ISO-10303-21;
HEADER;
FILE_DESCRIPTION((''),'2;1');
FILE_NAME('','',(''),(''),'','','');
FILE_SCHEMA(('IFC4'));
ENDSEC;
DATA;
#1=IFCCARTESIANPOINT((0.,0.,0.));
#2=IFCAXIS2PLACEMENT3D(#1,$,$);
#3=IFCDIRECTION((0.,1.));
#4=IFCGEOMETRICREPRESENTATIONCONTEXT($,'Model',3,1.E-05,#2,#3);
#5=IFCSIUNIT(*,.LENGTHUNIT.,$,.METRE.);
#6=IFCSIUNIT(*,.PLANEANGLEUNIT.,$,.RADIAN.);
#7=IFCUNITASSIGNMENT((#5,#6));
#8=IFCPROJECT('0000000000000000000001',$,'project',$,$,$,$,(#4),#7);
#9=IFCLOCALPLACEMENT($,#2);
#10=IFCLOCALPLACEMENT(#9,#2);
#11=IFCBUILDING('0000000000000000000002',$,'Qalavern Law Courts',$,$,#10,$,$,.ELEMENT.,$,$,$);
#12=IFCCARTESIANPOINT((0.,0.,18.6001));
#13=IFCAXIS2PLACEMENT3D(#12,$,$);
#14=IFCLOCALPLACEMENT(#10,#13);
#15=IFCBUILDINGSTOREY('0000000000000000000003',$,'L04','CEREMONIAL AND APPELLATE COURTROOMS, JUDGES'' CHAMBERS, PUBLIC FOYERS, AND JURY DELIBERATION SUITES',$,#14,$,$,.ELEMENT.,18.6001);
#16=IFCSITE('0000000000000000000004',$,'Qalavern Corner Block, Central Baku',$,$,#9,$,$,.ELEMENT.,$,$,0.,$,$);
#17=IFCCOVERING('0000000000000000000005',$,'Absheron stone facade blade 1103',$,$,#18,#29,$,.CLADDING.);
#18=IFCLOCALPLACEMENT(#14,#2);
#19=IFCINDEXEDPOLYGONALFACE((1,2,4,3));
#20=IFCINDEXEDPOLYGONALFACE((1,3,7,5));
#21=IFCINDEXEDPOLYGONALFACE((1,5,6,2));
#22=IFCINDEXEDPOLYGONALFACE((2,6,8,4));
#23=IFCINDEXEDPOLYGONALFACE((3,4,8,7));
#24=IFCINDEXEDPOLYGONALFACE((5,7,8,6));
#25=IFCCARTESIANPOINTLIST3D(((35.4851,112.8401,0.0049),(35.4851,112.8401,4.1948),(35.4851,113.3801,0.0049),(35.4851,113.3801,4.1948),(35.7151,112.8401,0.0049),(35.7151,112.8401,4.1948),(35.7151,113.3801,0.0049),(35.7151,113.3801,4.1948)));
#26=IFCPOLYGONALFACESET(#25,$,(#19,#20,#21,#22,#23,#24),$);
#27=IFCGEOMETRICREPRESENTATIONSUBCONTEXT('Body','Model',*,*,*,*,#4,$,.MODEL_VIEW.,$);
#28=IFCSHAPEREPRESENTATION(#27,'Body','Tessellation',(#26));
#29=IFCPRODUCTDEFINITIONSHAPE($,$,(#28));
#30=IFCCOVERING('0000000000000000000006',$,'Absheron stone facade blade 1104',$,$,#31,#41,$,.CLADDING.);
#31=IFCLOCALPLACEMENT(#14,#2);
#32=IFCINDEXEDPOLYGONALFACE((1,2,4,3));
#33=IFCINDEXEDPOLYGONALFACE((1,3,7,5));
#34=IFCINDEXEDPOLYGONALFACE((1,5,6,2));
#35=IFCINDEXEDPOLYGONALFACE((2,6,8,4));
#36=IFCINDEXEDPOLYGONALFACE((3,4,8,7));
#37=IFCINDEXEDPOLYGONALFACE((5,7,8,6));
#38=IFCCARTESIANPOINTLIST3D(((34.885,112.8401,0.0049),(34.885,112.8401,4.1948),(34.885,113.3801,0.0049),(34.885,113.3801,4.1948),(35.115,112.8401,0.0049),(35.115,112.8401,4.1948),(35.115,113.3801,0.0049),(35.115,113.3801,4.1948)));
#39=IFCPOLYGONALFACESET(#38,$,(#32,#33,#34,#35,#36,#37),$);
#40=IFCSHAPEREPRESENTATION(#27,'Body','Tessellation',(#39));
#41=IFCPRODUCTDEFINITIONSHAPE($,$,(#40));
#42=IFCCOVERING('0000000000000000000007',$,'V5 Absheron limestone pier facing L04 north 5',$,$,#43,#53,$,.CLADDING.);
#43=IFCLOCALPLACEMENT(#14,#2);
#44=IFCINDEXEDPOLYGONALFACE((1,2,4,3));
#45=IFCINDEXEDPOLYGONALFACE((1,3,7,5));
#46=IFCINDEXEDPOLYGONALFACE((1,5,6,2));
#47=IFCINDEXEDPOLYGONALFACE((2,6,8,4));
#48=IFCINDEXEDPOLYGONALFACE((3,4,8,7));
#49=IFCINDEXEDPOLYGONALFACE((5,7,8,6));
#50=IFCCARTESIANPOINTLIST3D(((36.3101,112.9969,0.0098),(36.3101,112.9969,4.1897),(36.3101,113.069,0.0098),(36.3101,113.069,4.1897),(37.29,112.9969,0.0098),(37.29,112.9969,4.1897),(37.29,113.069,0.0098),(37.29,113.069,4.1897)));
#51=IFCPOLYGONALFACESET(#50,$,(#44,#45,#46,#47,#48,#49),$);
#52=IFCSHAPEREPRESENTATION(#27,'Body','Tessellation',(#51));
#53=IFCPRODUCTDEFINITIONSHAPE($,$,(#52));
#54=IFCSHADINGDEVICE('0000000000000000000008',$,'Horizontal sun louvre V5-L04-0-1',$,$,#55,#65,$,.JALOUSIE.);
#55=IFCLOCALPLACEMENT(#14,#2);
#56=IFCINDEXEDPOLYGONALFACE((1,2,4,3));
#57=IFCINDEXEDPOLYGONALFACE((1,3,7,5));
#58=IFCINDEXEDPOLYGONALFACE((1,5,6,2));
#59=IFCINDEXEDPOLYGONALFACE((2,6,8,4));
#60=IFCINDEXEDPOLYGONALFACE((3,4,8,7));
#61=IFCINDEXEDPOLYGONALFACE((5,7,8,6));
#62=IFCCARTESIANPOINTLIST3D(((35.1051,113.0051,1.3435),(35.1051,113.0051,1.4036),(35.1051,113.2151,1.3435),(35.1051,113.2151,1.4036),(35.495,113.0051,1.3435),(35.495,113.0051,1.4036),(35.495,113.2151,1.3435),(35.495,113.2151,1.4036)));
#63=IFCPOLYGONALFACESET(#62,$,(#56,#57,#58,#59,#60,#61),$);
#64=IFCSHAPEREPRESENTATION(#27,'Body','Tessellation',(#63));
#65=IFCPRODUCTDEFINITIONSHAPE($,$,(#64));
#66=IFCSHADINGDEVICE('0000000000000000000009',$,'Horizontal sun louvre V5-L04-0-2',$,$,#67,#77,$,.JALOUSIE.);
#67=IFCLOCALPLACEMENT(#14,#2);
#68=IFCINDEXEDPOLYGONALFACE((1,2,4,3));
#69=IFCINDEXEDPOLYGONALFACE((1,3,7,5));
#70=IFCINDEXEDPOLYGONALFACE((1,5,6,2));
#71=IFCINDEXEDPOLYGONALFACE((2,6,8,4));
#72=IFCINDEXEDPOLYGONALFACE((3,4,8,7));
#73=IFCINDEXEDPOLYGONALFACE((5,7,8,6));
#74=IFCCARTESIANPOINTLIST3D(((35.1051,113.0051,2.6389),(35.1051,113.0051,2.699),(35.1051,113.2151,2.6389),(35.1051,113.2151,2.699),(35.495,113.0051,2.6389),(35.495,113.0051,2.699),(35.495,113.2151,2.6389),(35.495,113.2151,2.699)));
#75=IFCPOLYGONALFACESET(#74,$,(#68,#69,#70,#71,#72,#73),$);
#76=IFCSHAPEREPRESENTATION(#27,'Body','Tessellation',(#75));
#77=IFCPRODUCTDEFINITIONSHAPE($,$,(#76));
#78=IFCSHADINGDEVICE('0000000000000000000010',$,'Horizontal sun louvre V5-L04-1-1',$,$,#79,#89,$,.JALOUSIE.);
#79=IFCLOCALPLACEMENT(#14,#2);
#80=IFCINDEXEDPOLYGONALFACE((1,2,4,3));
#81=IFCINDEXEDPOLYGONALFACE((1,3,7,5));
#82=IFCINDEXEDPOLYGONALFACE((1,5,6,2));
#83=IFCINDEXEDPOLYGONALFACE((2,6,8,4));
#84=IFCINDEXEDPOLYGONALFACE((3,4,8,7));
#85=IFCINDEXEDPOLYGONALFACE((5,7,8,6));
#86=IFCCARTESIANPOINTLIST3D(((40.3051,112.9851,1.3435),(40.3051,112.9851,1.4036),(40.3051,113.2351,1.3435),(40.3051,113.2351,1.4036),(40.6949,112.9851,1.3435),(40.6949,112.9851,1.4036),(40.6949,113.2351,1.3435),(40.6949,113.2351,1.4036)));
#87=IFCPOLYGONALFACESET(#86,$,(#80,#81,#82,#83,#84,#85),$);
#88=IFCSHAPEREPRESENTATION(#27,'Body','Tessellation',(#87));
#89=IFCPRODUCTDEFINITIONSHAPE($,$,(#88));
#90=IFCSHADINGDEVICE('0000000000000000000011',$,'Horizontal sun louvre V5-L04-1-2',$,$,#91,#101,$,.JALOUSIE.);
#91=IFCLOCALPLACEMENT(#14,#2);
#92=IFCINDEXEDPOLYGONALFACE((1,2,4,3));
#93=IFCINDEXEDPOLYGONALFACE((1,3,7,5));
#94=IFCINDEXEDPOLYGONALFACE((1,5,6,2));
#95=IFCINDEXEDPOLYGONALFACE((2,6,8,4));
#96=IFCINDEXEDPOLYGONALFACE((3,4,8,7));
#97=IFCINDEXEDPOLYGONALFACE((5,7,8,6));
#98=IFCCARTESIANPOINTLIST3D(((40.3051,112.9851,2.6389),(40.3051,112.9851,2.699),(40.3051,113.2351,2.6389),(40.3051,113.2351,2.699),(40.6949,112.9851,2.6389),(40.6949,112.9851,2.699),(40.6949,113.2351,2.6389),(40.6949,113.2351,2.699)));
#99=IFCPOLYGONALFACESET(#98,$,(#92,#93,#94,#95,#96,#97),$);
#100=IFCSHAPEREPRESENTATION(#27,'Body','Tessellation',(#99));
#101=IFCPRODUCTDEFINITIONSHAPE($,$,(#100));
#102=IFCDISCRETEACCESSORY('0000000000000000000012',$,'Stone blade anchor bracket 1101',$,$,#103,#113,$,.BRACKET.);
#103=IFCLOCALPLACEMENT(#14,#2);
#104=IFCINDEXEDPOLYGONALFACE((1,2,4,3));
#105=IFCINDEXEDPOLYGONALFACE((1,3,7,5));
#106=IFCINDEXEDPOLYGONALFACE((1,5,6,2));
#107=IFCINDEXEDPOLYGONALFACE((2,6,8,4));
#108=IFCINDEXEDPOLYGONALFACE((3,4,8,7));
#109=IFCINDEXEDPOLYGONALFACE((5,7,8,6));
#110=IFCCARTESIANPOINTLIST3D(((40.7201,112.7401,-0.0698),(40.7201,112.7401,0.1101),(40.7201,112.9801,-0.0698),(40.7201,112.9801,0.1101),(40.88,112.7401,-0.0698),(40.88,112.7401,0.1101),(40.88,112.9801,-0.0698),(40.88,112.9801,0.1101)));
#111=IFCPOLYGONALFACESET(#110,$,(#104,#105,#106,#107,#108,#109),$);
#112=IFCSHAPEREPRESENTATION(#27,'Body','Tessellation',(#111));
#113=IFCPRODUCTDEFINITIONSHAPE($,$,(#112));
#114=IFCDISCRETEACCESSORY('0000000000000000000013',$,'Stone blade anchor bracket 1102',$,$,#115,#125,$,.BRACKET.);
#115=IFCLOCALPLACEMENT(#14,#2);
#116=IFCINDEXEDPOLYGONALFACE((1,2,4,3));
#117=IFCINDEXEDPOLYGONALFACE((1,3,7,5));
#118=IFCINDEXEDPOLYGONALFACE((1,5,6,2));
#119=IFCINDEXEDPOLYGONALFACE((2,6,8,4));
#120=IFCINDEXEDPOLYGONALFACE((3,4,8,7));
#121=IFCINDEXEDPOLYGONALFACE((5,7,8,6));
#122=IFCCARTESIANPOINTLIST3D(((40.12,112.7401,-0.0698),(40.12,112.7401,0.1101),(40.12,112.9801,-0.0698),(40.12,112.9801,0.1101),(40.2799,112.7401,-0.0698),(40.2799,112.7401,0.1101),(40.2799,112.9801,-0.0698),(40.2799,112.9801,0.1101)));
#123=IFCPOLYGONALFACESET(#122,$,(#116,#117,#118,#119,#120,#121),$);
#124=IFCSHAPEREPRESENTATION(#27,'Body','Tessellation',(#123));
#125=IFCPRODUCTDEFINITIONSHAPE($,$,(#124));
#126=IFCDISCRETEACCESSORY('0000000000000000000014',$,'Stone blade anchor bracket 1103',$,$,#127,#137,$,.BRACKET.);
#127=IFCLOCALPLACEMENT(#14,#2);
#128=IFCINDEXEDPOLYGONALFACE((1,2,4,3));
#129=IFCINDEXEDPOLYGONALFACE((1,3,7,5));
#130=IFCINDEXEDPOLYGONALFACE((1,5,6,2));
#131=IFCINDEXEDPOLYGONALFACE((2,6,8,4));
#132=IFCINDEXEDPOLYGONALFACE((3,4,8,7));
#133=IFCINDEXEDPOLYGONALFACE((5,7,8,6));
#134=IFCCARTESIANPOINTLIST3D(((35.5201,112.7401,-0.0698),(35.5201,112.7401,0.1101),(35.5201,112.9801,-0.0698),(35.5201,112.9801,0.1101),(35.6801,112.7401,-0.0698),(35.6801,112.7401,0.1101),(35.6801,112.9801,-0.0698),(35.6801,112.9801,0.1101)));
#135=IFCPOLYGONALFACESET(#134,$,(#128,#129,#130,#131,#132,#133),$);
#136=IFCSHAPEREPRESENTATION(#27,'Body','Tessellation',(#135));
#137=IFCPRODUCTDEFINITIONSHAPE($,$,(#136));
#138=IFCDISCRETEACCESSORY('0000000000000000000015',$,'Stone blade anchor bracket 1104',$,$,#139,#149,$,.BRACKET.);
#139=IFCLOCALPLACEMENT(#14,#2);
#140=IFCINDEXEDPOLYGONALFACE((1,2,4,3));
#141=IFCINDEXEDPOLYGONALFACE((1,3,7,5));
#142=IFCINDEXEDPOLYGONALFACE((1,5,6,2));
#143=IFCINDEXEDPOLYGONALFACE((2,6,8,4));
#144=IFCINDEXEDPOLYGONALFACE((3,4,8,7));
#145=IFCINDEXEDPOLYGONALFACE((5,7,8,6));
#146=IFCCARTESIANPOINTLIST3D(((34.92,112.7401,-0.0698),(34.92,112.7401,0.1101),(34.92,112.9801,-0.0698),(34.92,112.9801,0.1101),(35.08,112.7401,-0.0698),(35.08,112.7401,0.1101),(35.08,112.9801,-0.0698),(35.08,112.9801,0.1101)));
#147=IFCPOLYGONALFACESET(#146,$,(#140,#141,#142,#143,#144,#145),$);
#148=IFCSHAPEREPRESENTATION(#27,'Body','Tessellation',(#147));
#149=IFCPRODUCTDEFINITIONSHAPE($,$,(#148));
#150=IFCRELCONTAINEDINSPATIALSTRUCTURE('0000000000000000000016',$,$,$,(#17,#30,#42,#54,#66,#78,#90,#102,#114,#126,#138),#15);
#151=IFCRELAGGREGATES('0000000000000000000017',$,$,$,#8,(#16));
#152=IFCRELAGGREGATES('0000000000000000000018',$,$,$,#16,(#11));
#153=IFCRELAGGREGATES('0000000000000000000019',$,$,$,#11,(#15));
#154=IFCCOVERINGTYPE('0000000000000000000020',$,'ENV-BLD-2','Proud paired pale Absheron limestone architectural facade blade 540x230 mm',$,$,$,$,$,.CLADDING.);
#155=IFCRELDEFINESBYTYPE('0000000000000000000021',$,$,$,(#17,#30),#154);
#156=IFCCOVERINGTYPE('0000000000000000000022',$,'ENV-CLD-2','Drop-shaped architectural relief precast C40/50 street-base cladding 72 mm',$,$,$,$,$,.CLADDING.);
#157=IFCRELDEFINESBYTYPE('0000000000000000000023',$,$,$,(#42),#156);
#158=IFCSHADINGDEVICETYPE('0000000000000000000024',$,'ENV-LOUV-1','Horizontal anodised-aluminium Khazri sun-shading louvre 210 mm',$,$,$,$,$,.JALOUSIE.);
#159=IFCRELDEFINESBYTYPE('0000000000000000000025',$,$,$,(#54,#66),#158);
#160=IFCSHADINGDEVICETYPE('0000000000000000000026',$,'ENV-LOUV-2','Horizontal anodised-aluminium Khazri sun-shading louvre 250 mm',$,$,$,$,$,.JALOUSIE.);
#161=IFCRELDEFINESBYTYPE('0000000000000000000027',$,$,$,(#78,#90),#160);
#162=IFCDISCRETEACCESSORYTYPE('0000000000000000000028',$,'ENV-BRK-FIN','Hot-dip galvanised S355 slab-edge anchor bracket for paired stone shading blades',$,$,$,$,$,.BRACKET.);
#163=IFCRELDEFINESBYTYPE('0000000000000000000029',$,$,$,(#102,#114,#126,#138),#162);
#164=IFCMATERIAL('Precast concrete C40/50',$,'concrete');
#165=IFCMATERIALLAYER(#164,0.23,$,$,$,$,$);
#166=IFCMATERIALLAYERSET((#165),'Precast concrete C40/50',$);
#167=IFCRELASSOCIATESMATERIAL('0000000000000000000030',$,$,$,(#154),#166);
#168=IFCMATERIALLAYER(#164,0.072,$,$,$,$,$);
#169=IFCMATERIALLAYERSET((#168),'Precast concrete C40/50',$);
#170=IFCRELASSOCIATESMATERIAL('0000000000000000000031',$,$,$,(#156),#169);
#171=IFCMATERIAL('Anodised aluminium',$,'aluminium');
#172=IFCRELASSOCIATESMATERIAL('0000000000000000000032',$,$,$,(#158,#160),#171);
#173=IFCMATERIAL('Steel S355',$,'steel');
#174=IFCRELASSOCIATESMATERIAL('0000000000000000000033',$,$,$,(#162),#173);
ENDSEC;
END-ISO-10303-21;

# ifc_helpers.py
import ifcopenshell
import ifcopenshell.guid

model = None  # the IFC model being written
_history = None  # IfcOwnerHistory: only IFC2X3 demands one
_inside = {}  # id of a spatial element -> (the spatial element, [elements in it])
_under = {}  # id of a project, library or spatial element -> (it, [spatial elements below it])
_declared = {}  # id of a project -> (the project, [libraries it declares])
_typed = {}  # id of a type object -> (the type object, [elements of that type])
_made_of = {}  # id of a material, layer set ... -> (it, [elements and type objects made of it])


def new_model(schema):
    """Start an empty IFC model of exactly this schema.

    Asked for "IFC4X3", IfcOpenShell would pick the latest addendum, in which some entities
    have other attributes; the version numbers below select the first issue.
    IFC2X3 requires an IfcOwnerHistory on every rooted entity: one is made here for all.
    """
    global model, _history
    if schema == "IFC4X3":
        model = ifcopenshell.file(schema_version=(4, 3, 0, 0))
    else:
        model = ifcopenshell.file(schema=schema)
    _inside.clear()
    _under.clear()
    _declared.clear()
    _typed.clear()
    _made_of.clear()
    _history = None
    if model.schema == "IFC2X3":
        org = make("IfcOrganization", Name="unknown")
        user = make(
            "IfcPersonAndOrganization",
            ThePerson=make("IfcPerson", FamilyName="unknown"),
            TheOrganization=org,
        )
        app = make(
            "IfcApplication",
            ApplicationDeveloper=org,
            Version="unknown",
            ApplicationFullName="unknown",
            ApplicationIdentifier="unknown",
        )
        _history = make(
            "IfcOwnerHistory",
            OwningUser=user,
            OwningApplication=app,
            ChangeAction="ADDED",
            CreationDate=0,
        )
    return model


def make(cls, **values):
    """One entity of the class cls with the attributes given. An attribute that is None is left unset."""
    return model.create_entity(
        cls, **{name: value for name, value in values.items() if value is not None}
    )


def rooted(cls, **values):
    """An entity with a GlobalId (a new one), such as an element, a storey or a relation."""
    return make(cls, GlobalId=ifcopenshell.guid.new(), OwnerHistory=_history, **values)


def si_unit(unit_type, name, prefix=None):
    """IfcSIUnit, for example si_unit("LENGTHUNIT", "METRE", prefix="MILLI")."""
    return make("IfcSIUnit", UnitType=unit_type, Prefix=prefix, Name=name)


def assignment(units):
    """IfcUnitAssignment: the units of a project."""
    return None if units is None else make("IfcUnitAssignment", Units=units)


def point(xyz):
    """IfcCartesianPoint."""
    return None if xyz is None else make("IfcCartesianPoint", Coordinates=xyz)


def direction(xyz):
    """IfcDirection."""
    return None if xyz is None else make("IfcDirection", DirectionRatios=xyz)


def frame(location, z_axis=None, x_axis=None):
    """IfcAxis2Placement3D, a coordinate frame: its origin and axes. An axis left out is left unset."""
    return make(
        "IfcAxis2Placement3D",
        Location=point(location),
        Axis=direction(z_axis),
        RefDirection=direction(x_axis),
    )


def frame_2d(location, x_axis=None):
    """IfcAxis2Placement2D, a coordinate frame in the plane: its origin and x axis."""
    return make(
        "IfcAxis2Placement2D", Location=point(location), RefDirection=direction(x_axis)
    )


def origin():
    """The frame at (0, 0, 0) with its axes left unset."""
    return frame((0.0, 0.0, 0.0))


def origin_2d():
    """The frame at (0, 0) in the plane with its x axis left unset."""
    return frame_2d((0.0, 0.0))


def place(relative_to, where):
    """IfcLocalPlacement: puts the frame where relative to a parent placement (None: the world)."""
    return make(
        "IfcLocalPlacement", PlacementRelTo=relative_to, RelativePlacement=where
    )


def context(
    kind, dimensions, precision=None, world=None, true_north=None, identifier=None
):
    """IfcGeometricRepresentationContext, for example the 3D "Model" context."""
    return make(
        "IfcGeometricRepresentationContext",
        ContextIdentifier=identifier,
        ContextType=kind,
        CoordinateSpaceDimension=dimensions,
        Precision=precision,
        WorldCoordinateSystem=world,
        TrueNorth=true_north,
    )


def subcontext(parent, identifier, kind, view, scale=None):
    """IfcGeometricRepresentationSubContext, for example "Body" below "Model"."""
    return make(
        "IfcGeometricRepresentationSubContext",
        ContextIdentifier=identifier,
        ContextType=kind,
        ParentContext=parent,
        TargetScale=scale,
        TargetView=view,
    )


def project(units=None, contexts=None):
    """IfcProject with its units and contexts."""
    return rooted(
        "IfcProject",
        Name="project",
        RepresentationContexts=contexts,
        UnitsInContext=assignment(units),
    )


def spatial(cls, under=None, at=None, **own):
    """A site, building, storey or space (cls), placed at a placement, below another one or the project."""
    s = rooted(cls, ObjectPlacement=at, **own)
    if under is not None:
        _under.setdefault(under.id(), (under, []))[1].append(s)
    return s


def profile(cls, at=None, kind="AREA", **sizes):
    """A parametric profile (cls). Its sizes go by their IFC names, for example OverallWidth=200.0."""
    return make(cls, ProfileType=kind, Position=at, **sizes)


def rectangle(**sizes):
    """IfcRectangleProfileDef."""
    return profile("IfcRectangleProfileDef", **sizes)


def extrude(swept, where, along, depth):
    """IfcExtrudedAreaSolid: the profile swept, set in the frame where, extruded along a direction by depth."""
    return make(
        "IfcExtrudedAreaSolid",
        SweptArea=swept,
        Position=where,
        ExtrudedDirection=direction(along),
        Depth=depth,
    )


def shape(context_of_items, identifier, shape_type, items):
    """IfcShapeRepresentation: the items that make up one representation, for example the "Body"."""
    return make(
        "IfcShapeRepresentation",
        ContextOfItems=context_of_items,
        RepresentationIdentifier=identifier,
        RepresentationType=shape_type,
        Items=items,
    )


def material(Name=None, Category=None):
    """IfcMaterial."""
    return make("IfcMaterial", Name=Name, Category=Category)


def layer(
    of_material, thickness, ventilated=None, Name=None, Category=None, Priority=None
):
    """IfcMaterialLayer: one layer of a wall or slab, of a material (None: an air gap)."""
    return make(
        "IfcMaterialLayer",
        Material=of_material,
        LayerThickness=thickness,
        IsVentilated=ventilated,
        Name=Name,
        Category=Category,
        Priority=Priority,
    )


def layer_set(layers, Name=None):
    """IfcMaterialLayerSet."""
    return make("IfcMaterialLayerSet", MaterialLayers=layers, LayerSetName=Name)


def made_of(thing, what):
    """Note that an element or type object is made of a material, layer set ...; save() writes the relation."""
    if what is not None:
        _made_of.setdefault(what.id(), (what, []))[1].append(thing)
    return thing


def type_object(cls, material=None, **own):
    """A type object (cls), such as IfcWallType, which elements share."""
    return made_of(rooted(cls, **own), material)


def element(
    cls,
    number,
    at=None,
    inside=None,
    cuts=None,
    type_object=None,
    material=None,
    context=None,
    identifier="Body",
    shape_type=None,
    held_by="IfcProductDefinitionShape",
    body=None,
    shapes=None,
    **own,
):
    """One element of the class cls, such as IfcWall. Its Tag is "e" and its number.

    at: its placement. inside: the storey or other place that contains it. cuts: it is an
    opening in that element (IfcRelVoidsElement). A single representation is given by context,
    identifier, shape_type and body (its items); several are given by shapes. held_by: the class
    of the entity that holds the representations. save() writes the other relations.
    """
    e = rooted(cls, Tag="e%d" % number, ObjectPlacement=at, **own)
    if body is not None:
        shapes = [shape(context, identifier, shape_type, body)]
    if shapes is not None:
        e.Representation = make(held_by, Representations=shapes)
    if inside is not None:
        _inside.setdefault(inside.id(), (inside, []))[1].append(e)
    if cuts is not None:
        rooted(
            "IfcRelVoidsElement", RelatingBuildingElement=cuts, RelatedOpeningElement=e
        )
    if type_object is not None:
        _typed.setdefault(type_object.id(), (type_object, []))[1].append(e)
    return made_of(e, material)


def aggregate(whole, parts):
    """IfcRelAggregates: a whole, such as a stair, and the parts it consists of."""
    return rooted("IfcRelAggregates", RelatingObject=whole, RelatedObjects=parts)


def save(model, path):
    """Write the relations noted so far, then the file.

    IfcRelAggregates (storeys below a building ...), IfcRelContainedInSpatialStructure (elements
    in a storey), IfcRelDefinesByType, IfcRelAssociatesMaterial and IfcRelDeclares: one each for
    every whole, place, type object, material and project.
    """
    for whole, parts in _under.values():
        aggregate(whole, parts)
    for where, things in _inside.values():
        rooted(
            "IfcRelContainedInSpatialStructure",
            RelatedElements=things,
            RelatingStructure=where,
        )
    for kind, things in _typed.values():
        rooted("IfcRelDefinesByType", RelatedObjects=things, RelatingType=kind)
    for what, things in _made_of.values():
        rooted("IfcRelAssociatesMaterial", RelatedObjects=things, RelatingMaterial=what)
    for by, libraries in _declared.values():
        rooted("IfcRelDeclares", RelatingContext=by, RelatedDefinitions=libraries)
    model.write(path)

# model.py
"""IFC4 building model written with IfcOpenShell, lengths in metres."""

from ifc_helpers import new_model, si_unit, direction, frame, origin, origin_2d, place, context, subcontext, project, spatial, rectangle, extrude, material, layer, layer_set, type_object, element, save


model = new_model("IFC4")

# Units and contexts
model_context = context("Model", 3, precision=1e-05, world=origin(), true_north=direction((0.0, 1.0)))
body_context = subcontext(model_context, "Body", "Model", "MODEL_VIEW")
ifc_project = project(units=[si_unit("LENGTHUNIT", "METRE"), si_unit("PLANEANGLEUNIT", "RADIAN")], contexts=[model_context])

# Site, building, storey
site_placement = place(None, origin())
site = spatial("IfcSite", under=ifc_project, at=site_placement, Name="Qalavern Corner Block, Central Baku", CompositionType="ELEMENT", RefElevation=0.0)
building_placement = place(site_placement, origin())
building = spatial("IfcBuilding", under=site, at=building_placement, Name="Qalavern Law Courts", CompositionType="ELEMENT")
storey_placement = place(building_placement, frame((0.0, 0.0, 18.6001)))
storey = spatial("IfcBuildingStorey", under=building, at=storey_placement, Name="L04", Description="CEREMONIAL AND APPELLATE COURTROOMS, JUDGES' CHAMBERS, PUBLIC FOYERS, AND JURY DELIBERATION SUITES", CompositionType="ELEMENT", Elevation=18.6001)

# Shared definitions
ifc_material_1 = material(Name="Anodised aluminium", Category="aluminium")

# Coverings
ifc_material_2 = material(Name="Precast concrete C40/50", Category="concrete")
ifc_layer_1 = layer(ifc_material_2, 0.23)
ifc_layer_set_1 = layer_set([ifc_layer_1], Name="Precast concrete C40/50")
covering_type_1 = type_object("IfcCoveringType", Name="ENV-BLD-2", Description="Proud paired pale Absheron limestone architectural facade blade 540x230 mm", PredefinedType="CLADDING", material=ifc_layer_set_1)
for number, where, z_axis, x_axis, name in (
    (1, (35.6001, 113.1101, 0.0049), (0.0, 0.0, 1.0), (0.0, 1.0, 0.0), "Absheron stone facade blade 1103"),
    (2, (35.0, 113.1101, 0.0049), (0.0, 0.0, 1.0), (0.0, 1.0, 0.0), "Absheron stone facade blade 1104"),
):
    element("IfcCovering", number, at=place(storey_placement, frame(where, z_axis=z_axis, x_axis=x_axis)), inside=storey, type_object=covering_type_1, Name=name, PredefinedType="CLADDING", context=body_context, shape_type="SweptSolid", body=[
        extrude(rectangle(XDim=0.54, YDim=0.23, at=origin_2d()), origin(), (0.0, 0.0, 1.0), 4.1899),
    ])
ifc_layer_2 = layer(ifc_material_2, 0.072)
ifc_layer_set_2 = layer_set([ifc_layer_2], Name="Precast concrete C40/50")
covering_type_2 = type_object("IfcCoveringType", Name="ENV-CLD-2", Description="Drop-shaped architectural relief precast C40/50 street-base cladding 72 mm", PredefinedType="CLADDING", material=ifc_layer_set_2)
covering_placement = place(storey_placement, frame((36.8, 113.033, 0.0098), z_axis=(0.0, 0.0, 1.0), x_axis=(-1.0, 0.0, 0.0)))
element("IfcCovering", 3, at=covering_placement, inside=storey, type_object=covering_type_2, Name="V5 Absheron limestone pier facing L04 north 5", PredefinedType="CLADDING", context=body_context, shape_type="SweptSolid", body=[
    extrude(rectangle(XDim=0.98, YDim=0.072, at=origin_2d()), origin(), (0.0, 0.0, 1.0), 4.1799),
])

# Shading devices
shading_device_type_1 = type_object("IfcShadingDeviceType", Name="ENV-LOUV-1", Description="Horizontal anodised-aluminium Khazri sun-shading louvre 210 mm", PredefinedType="JALOUSIE", material=ifc_material_1)
for number, where, z_axis, x_axis, name in (
    (4, (35.3, 113.1101, 1.3435), (0.0, 0.0, 1.0), (-1.0, 0.0, 0.0), "Horizontal sun louvre V5-L04-0-1"),
    (5, (35.3, 113.1101, 2.6389), (0.0, 0.0, 1.0), (-1.0, 0.0, 0.0), "Horizontal sun louvre V5-L04-0-2"),
):
    element("IfcShadingDevice", number, at=place(storey_placement, frame(where, z_axis=z_axis, x_axis=x_axis)), inside=storey, type_object=shading_device_type_1, Name=name, PredefinedType="JALOUSIE", context=body_context, shape_type="SweptSolid", body=[
        extrude(rectangle(XDim=0.3899, YDim=0.21, at=origin_2d()), origin(), (0.0, 0.0, 1.0), 0.0601),
    ])
shading_device_type_2 = type_object("IfcShadingDeviceType", Name="ENV-LOUV-2", Description="Horizontal anodised-aluminium Khazri sun-shading louvre 250 mm", PredefinedType="JALOUSIE", material=ifc_material_1)
for number, where, z_axis, x_axis, name in (
    (6, (40.5, 113.1101, 1.3435), (0.0, 0.0, 1.0), (-1.0, 0.0, 0.0), "Horizontal sun louvre V5-L04-1-1"),
    (7, (40.5, 113.1101, 2.6389), (0.0, 0.0, 1.0), (-1.0, 0.0, 0.0), "Horizontal sun louvre V5-L04-1-2"),
):
    element("IfcShadingDevice", number, at=place(storey_placement, frame(where, z_axis=z_axis, x_axis=x_axis)), inside=storey, type_object=shading_device_type_2, Name=name, PredefinedType="JALOUSIE", context=body_context, shape_type="SweptSolid", body=[
        extrude(rectangle(XDim=0.3899, YDim=0.25, at=origin_2d()), origin(), (0.0, 0.0, 1.0), 0.0601),
    ])

# Discrete accessories
ifc_material_3 = material(Name="Steel S355", Category="steel")
discrete_accessory_type = type_object("IfcDiscreteAccessoryType", Name="ENV-BRK-FIN", Description="Hot-dip galvanised S355 slab-edge anchor bracket for paired stone shading blades", PredefinedType="BRACKET", material=ifc_material_3)
for number, where, z_axis, x_axis, name in (
    (8, (40.8, 112.8601, -0.0698), (0.0, 0.0, 1.0), (0.0, 1.0, 0.0), "Stone blade anchor bracket 1101"),
    (9, (40.2, 112.8601, -0.0698), (0.0, 0.0, 1.0), (0.0, 1.0, 0.0), "Stone blade anchor bracket 1102"),
    (10, (35.6001, 112.8601, -0.0698), (0.0, 0.0, 1.0), (0.0, 1.0, 0.0), "Stone blade anchor bracket 1103"),
    (11, (35.0, 112.8601, -0.0698), (0.0, 0.0, 1.0), (0.0, 1.0, 0.0), "Stone blade anchor bracket 1104"),
):
    element("IfcDiscreteAccessory", number, at=place(storey_placement, frame(where, z_axis=z_axis, x_axis=x_axis)), inside=storey, type_object=discrete_accessory_type, Name=name, PredefinedType="BRACKET", context=body_context, shape_type="SweptSolid", body=[
        extrude(rectangle(XDim=0.24, YDim=0.1599, at=origin_2d()), origin(), (0.0, 0.0, 1.0), 0.1799),
    ])

save(model, "model.ifc")
